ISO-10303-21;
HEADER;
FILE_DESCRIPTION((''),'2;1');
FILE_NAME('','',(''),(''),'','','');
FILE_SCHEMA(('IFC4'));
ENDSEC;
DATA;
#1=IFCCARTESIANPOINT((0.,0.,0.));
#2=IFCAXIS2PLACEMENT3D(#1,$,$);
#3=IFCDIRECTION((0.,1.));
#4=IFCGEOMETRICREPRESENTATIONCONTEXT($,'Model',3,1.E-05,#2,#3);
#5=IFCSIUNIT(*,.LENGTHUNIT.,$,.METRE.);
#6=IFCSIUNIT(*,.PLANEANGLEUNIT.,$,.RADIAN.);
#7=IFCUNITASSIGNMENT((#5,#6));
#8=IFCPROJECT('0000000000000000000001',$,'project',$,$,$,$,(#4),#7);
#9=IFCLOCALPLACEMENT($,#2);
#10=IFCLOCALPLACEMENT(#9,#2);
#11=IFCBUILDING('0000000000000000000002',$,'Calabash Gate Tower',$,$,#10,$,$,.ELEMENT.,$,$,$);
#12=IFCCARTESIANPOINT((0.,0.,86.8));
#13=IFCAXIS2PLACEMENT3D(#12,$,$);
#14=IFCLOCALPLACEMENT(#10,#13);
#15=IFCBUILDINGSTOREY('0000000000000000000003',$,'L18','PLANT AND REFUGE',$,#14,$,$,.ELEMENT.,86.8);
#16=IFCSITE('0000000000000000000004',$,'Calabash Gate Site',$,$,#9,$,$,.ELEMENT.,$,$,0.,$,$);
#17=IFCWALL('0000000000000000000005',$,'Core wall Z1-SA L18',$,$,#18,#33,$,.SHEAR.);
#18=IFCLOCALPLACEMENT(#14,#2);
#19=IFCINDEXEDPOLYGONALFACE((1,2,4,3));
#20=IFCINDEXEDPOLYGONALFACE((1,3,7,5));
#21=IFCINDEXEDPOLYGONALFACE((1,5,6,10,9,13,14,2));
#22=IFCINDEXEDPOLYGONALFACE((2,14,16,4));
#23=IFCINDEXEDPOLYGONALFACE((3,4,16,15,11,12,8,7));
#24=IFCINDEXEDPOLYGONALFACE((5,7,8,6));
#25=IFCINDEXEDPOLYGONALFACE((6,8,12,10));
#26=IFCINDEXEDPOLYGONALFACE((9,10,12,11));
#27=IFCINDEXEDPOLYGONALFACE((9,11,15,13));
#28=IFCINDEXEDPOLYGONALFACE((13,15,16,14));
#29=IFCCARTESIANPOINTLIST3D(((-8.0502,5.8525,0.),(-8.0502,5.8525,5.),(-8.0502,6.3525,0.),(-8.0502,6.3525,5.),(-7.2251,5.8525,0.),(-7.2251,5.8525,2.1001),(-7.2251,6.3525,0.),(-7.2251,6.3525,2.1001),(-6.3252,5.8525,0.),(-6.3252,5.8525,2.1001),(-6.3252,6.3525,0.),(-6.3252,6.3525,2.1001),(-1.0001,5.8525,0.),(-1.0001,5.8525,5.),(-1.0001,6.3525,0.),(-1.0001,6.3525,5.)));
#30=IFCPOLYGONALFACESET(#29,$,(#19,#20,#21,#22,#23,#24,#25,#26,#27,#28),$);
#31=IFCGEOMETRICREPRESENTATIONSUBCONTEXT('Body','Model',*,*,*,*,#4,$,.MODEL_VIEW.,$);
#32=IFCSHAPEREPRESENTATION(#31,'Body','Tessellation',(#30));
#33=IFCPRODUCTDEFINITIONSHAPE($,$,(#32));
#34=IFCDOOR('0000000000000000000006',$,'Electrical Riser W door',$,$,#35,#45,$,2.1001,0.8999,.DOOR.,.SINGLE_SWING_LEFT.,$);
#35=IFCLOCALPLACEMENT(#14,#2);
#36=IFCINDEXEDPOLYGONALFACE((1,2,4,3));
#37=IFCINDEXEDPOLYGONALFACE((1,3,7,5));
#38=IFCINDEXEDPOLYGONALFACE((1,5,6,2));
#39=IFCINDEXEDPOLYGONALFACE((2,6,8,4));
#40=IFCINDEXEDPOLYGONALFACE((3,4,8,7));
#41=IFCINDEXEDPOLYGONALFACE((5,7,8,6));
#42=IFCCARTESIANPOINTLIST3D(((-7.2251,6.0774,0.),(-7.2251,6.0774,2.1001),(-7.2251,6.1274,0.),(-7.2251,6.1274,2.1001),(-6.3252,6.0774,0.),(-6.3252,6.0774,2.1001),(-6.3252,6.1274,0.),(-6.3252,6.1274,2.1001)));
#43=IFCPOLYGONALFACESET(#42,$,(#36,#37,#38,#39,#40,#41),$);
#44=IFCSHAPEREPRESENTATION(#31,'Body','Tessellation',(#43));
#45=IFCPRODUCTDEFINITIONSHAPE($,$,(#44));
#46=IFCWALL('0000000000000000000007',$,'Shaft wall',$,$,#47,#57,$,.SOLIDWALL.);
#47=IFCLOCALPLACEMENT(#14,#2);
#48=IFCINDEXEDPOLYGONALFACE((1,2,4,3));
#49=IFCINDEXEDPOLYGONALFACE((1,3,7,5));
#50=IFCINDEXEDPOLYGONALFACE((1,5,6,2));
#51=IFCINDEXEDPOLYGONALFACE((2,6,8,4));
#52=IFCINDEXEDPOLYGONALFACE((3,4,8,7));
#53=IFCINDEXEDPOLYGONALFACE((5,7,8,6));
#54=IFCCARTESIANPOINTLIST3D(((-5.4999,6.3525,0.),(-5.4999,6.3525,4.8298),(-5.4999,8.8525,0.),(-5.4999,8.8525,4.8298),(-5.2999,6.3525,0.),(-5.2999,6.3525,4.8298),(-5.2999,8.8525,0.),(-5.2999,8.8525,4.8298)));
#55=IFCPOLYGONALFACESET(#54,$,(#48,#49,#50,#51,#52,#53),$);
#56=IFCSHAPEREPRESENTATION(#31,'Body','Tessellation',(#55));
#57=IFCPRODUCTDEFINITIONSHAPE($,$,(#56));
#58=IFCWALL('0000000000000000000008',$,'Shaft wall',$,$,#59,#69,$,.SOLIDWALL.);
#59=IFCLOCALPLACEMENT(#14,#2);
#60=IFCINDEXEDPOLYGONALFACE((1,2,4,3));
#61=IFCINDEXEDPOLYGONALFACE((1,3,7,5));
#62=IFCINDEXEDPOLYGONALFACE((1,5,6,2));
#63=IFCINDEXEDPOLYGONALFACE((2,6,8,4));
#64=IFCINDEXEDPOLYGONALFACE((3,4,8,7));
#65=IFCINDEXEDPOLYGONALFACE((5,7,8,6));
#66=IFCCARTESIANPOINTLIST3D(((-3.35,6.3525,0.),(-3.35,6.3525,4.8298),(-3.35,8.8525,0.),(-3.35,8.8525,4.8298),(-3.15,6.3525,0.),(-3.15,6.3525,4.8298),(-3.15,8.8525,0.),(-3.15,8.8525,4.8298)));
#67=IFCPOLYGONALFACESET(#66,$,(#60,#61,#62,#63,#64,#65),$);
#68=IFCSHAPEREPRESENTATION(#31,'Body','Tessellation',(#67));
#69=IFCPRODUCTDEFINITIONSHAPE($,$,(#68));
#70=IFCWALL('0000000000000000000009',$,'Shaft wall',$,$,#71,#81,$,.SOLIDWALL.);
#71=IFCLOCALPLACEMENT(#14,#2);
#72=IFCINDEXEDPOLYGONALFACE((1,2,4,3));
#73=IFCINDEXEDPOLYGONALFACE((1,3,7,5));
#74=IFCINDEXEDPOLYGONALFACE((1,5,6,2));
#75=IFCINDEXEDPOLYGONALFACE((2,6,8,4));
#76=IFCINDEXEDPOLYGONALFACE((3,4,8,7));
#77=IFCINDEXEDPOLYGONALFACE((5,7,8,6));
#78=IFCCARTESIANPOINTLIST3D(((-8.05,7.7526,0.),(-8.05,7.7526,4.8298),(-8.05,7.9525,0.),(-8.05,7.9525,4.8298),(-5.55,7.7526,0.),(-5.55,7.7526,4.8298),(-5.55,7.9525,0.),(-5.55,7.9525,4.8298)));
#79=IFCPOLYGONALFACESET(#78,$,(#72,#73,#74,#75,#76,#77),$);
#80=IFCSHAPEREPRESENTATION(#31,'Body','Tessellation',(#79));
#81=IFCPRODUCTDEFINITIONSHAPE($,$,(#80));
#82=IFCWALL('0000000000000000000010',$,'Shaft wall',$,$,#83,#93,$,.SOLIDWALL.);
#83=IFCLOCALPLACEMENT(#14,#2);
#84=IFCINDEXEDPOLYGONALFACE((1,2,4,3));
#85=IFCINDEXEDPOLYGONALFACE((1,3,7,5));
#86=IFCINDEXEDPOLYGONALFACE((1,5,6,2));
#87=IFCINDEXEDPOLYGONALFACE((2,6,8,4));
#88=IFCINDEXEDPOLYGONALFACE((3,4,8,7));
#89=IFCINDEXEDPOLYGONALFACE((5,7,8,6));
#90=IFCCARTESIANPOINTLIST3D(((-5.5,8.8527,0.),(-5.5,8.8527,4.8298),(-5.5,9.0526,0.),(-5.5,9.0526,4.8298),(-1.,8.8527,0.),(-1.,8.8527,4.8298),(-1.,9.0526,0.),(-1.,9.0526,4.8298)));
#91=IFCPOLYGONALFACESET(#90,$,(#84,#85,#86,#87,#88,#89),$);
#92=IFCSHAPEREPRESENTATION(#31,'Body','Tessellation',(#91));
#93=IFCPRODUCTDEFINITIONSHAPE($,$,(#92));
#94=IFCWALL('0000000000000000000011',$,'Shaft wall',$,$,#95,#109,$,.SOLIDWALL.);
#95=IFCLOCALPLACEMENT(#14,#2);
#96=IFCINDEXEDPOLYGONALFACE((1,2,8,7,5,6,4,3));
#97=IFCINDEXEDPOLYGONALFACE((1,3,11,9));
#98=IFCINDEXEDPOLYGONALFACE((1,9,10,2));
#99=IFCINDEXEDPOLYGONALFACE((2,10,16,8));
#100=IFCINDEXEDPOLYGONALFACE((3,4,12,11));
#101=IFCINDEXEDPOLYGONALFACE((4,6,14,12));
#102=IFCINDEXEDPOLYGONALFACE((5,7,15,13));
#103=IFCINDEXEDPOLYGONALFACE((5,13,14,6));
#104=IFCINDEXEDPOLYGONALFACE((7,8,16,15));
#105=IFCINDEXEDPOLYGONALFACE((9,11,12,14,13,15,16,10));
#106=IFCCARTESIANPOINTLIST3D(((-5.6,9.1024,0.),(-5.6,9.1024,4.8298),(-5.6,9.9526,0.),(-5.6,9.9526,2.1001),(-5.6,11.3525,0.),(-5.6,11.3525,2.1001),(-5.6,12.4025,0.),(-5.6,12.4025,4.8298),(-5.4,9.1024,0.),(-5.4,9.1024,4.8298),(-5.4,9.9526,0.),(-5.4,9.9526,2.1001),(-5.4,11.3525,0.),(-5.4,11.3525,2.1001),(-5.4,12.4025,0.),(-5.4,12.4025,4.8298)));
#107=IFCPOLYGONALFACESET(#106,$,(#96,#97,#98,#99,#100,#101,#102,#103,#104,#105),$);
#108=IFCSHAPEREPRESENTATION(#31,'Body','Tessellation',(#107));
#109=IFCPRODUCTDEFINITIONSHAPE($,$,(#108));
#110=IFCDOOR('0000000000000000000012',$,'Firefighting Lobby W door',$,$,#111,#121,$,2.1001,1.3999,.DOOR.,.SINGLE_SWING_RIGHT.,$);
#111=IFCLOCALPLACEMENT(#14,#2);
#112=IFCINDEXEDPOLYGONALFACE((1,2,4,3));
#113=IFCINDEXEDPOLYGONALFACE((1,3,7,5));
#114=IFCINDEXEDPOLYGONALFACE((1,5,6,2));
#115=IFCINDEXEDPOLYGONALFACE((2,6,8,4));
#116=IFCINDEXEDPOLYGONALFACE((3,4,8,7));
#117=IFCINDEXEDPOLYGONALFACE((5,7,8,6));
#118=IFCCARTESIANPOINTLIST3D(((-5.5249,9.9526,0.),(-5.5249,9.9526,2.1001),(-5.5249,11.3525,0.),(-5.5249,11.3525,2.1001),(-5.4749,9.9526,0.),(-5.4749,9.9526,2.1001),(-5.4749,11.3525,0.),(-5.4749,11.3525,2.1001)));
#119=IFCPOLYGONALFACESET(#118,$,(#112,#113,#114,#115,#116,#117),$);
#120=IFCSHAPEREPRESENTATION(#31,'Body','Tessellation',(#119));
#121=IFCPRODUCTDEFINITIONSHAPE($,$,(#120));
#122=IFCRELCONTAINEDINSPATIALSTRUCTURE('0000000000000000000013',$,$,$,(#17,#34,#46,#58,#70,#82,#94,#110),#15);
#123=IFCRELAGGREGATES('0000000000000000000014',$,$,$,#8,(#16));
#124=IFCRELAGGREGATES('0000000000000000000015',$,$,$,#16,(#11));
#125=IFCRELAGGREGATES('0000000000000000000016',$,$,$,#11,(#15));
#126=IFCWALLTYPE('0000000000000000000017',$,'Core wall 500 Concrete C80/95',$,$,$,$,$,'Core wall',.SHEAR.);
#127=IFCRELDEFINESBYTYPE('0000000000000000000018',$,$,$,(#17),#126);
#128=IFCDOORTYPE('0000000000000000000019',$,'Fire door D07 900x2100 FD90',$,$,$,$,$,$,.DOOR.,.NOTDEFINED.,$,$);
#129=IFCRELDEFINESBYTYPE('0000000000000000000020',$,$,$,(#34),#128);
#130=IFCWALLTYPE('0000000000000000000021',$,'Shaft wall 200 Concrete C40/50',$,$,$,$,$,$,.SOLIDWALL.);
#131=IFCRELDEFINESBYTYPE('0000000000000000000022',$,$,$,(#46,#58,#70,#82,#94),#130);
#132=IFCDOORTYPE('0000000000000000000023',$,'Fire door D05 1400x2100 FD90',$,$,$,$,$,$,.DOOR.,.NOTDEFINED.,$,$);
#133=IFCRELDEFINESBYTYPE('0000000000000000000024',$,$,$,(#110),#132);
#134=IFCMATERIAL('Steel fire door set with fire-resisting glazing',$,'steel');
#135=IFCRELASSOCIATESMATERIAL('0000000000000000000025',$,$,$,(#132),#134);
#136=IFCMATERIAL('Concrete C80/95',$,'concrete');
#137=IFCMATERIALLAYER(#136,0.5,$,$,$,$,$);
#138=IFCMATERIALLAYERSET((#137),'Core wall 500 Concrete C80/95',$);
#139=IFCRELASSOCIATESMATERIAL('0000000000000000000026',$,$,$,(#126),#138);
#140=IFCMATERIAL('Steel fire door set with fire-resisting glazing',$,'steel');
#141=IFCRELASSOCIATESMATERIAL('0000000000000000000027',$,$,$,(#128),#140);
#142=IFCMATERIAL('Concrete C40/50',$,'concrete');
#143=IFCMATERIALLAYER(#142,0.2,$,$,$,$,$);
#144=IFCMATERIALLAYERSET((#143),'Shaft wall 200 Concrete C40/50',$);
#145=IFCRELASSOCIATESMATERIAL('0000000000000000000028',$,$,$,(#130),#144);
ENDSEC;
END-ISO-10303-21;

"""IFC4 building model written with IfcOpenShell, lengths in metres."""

from ifc_helpers import new_model, si_unit, direction, frame, frame_2d, origin, place, context, subcontext, project, spatial, rectangle, extrude, material, layer, layer_set, type_object, element, fill, save


model = new_model("IFC4")

# Units and contexts
model_context = context("Model", 3, precision=1e-05, world=origin(), true_north=direction((0.0, 1.0)))
body_context = subcontext(model_context, "Body", "Model", "MODEL_VIEW")
ifc_project = project(units=[si_unit("LENGTHUNIT", "METRE"), si_unit("PLANEANGLEUNIT", "RADIAN")], contexts=[model_context])

# Site, building, storey
site_placement = place(None, origin())
site = spatial("IfcSite", under=ifc_project, at=site_placement, Name="Calabash Gate Site", CompositionType="ELEMENT", RefElevation=0.0)
building_placement = place(site_placement, origin())
building = spatial("IfcBuilding", under=site, at=building_placement, Name="Calabash Gate Tower", CompositionType="ELEMENT")
storey_placement = place(building_placement, frame((0.0, 0.0, 86.8)))
storey = spatial("IfcBuildingStorey", under=building, at=storey_placement, Name="L18", Description="PLANT AND REFUGE", CompositionType="ELEMENT", Elevation=86.8)

# Shared definitions
ifc_material_1 = material(Name="Steel fire door set with fire-resisting glazing", Category="steel")
door_type_1 = type_object("IfcDoorType", Name="Fire door D05 1400x2100 FD90", OperationType="NOTDEFINED", PredefinedType="DOOR", material=ifc_material_1)

# Wall, opening, door
ifc_material_2 = material(Name="Concrete C80/95", Category="concrete")
ifc_layer_1 = layer(ifc_material_2, 0.5)
ifc_layer_set_1 = layer_set([ifc_layer_1], Name="Core wall 500 Concrete C80/95")
wall_type_1 = type_object("IfcWallType", Name="Core wall 500 Concrete C80/95", ElementType="Core wall", PredefinedType="SHEAR", material=ifc_layer_set_1)
wall_1_placement = place(storey_placement, frame((-8.05, 6.1025, 0.0), z_axis=(0.0, 0.0, 1.0), x_axis=(1.0, 0.0, 0.0)))
wall_1 = element("IfcWall", 1, at=wall_1_placement, inside=storey, type_object=wall_type_1, Name="Core wall Z1-SA L18", PredefinedType="SHEAR", context=body_context, shape_type="SweptSolid", body=[
    extrude(rectangle(XDim=7.05, YDim=0.5, at=frame_2d((3.5249, 0.0))), origin(), (0.0, 0.0, 1.0), 5.0),
])
opening_1_placement = place(wall_1_placement, frame((0.825, 0.0, 0.0)))
opening_1 = element("IfcOpeningElement", 2, at=opening_1_placement, cuts=wall_1, PredefinedType="OPENING", context=body_context, shape_type="SweptSolid", body=[
    extrude(rectangle(XDim=0.8999, YDim=2.1001, at=frame_2d((0.45, 1.05))), frame((0.0, 0.26, 0.0), z_axis=(0.0, -1.0, 0.0), x_axis=(1.0, 0.0, 0.0)), (0.0, 0.0, 1.0), 0.52),
])
ifc_material_3 = material(Name="Steel fire door set with fire-resisting glazing", Category="steel")
door_type_2 = type_object("IfcDoorType", Name="Fire door D07 900x2100 FD90", OperationType="NOTDEFINED", PredefinedType="DOOR", material=ifc_material_3)
door_1_placement = place(opening_1_placement, origin())
door_1 = element("IfcDoor", 3, at=door_1_placement, inside=storey, type_object=door_type_2, Name="Electrical Riser W door", OperationType="SINGLE_SWING_LEFT", OverallHeight=2.1001, OverallWidth=0.8999, PredefinedType="DOOR", context=body_context, shape_type="SweptSolid", body=[
    extrude(rectangle(XDim=0.8999, YDim=2.1001, at=frame_2d((0.45, 1.05))), frame((0.0, 0.0249, 0.0), z_axis=(0.0, -1.0, 0.0), x_axis=(1.0, 0.0, 0.0)), (0.0, 0.0, 1.0), 0.05),
])
fill(opening_1, door_1)

# Walls
ifc_material_4 = material(Name="Concrete C40/50", Category="concrete")
ifc_layer_2 = layer(ifc_material_4, 0.2)
ifc_layer_set_2 = layer_set([ifc_layer_2], Name="Shaft wall 200 Concrete C40/50")
wall_type_2 = type_object("IfcWallType", Name="Shaft wall 200 Concrete C40/50", PredefinedType="SOLIDWALL", material=ifc_layer_set_2)
for number, where, z_axis, x_axis, name in (
    (4, (-5.3999, 6.3525, 0.0), (0.0, 0.0, 1.0), (0.0, 1.0, 0.0), "Shaft wall"),
    (5, (-3.25, 6.3525, 0.0), (0.0, 0.0, 1.0), (0.0, 1.0, 0.0), "Shaft wall"),
    (6, (-8.05, 7.8525, 0.0), (0.0, 0.0, 1.0), (1.0, 0.0, 0.0), "Shaft wall"),
):
    element("IfcWall", number, at=place(storey_placement, frame(where, z_axis=z_axis, x_axis=x_axis)), inside=storey, type_object=wall_type_2, Name=name, PredefinedType="SOLIDWALL", context=body_context, shape_type="SweptSolid", body=[
        extrude(rectangle(XDim=2.5, YDim=0.2, at=frame_2d((1.25, 0.0))), origin(), (0.0, 0.0, 1.0), 4.8298),
    ])
wall_2_placement = place(storey_placement, frame((-5.5, 8.9526, 0.0), z_axis=(0.0, 0.0, 1.0), x_axis=(1.0, 0.0, 0.0)))
element("IfcWall", 7, at=wall_2_placement, inside=storey, type_object=wall_type_2, Name="Shaft wall", PredefinedType="SOLIDWALL", context=body_context, shape_type="SweptSolid", body=[
    extrude(rectangle(XDim=4.5, YDim=0.2, at=frame_2d((2.25, 0.0))), origin(), (0.0, 0.0, 1.0), 4.8298),
])

# Wall, opening, door
wall_3_placement = place(storey_placement, frame((-5.5, 9.1025, 0.0), z_axis=(0.0, 0.0, 1.0), x_axis=(0.0, 1.0, 0.0)))
wall_3 = element("IfcWall", 8, at=wall_3_placement, inside=storey, type_object=wall_type_2, Name="Shaft wall", PredefinedType="SOLIDWALL", context=body_context, shape_type="SweptSolid", body=[
    extrude(rectangle(XDim=3.3, YDim=0.2, at=frame_2d((1.6499, 0.0))), origin(), (0.0, 0.0, 1.0), 4.8298),
])
opening_2_placement = place(wall_3_placement, frame((0.8501, 0.0, 0.0)))
opening_2 = element("IfcOpeningElement", 9, at=opening_2_placement, cuts=wall_3, PredefinedType="OPENING", context=body_context, shape_type="SweptSolid", body=[
    extrude(rectangle(XDim=1.3999, YDim=2.1001, at=frame_2d((0.7, 1.05))), frame((0.0, 0.1099, 0.0), z_axis=(0.0, -1.0, 0.0), x_axis=(1.0, 0.0, 0.0)), (0.0, 0.0, 1.0), 0.22),
])
door_2_placement = place(opening_2_placement, origin())
door_2 = element("IfcDoor", 10, at=door_2_placement, inside=storey, type_object=door_type_1, Name="Firefighting Lobby W door", OperationType="SINGLE_SWING_RIGHT", OverallHeight=2.1001, OverallWidth=1.3999, PredefinedType="DOOR", context=body_context, shape_type="SweptSolid", body=[
    extrude(rectangle(XDim=1.3999, YDim=2.1001, at=frame_2d((0.7, 1.05))), frame((0.0, 0.0249, 0.0), z_axis=(0.0, -1.0, 0.0), x_axis=(1.0, 0.0, 0.0)), (0.0, 0.0, 1.0), 0.05),
])
fill(opening_2, door_2)

save(model, "model.ifc")
